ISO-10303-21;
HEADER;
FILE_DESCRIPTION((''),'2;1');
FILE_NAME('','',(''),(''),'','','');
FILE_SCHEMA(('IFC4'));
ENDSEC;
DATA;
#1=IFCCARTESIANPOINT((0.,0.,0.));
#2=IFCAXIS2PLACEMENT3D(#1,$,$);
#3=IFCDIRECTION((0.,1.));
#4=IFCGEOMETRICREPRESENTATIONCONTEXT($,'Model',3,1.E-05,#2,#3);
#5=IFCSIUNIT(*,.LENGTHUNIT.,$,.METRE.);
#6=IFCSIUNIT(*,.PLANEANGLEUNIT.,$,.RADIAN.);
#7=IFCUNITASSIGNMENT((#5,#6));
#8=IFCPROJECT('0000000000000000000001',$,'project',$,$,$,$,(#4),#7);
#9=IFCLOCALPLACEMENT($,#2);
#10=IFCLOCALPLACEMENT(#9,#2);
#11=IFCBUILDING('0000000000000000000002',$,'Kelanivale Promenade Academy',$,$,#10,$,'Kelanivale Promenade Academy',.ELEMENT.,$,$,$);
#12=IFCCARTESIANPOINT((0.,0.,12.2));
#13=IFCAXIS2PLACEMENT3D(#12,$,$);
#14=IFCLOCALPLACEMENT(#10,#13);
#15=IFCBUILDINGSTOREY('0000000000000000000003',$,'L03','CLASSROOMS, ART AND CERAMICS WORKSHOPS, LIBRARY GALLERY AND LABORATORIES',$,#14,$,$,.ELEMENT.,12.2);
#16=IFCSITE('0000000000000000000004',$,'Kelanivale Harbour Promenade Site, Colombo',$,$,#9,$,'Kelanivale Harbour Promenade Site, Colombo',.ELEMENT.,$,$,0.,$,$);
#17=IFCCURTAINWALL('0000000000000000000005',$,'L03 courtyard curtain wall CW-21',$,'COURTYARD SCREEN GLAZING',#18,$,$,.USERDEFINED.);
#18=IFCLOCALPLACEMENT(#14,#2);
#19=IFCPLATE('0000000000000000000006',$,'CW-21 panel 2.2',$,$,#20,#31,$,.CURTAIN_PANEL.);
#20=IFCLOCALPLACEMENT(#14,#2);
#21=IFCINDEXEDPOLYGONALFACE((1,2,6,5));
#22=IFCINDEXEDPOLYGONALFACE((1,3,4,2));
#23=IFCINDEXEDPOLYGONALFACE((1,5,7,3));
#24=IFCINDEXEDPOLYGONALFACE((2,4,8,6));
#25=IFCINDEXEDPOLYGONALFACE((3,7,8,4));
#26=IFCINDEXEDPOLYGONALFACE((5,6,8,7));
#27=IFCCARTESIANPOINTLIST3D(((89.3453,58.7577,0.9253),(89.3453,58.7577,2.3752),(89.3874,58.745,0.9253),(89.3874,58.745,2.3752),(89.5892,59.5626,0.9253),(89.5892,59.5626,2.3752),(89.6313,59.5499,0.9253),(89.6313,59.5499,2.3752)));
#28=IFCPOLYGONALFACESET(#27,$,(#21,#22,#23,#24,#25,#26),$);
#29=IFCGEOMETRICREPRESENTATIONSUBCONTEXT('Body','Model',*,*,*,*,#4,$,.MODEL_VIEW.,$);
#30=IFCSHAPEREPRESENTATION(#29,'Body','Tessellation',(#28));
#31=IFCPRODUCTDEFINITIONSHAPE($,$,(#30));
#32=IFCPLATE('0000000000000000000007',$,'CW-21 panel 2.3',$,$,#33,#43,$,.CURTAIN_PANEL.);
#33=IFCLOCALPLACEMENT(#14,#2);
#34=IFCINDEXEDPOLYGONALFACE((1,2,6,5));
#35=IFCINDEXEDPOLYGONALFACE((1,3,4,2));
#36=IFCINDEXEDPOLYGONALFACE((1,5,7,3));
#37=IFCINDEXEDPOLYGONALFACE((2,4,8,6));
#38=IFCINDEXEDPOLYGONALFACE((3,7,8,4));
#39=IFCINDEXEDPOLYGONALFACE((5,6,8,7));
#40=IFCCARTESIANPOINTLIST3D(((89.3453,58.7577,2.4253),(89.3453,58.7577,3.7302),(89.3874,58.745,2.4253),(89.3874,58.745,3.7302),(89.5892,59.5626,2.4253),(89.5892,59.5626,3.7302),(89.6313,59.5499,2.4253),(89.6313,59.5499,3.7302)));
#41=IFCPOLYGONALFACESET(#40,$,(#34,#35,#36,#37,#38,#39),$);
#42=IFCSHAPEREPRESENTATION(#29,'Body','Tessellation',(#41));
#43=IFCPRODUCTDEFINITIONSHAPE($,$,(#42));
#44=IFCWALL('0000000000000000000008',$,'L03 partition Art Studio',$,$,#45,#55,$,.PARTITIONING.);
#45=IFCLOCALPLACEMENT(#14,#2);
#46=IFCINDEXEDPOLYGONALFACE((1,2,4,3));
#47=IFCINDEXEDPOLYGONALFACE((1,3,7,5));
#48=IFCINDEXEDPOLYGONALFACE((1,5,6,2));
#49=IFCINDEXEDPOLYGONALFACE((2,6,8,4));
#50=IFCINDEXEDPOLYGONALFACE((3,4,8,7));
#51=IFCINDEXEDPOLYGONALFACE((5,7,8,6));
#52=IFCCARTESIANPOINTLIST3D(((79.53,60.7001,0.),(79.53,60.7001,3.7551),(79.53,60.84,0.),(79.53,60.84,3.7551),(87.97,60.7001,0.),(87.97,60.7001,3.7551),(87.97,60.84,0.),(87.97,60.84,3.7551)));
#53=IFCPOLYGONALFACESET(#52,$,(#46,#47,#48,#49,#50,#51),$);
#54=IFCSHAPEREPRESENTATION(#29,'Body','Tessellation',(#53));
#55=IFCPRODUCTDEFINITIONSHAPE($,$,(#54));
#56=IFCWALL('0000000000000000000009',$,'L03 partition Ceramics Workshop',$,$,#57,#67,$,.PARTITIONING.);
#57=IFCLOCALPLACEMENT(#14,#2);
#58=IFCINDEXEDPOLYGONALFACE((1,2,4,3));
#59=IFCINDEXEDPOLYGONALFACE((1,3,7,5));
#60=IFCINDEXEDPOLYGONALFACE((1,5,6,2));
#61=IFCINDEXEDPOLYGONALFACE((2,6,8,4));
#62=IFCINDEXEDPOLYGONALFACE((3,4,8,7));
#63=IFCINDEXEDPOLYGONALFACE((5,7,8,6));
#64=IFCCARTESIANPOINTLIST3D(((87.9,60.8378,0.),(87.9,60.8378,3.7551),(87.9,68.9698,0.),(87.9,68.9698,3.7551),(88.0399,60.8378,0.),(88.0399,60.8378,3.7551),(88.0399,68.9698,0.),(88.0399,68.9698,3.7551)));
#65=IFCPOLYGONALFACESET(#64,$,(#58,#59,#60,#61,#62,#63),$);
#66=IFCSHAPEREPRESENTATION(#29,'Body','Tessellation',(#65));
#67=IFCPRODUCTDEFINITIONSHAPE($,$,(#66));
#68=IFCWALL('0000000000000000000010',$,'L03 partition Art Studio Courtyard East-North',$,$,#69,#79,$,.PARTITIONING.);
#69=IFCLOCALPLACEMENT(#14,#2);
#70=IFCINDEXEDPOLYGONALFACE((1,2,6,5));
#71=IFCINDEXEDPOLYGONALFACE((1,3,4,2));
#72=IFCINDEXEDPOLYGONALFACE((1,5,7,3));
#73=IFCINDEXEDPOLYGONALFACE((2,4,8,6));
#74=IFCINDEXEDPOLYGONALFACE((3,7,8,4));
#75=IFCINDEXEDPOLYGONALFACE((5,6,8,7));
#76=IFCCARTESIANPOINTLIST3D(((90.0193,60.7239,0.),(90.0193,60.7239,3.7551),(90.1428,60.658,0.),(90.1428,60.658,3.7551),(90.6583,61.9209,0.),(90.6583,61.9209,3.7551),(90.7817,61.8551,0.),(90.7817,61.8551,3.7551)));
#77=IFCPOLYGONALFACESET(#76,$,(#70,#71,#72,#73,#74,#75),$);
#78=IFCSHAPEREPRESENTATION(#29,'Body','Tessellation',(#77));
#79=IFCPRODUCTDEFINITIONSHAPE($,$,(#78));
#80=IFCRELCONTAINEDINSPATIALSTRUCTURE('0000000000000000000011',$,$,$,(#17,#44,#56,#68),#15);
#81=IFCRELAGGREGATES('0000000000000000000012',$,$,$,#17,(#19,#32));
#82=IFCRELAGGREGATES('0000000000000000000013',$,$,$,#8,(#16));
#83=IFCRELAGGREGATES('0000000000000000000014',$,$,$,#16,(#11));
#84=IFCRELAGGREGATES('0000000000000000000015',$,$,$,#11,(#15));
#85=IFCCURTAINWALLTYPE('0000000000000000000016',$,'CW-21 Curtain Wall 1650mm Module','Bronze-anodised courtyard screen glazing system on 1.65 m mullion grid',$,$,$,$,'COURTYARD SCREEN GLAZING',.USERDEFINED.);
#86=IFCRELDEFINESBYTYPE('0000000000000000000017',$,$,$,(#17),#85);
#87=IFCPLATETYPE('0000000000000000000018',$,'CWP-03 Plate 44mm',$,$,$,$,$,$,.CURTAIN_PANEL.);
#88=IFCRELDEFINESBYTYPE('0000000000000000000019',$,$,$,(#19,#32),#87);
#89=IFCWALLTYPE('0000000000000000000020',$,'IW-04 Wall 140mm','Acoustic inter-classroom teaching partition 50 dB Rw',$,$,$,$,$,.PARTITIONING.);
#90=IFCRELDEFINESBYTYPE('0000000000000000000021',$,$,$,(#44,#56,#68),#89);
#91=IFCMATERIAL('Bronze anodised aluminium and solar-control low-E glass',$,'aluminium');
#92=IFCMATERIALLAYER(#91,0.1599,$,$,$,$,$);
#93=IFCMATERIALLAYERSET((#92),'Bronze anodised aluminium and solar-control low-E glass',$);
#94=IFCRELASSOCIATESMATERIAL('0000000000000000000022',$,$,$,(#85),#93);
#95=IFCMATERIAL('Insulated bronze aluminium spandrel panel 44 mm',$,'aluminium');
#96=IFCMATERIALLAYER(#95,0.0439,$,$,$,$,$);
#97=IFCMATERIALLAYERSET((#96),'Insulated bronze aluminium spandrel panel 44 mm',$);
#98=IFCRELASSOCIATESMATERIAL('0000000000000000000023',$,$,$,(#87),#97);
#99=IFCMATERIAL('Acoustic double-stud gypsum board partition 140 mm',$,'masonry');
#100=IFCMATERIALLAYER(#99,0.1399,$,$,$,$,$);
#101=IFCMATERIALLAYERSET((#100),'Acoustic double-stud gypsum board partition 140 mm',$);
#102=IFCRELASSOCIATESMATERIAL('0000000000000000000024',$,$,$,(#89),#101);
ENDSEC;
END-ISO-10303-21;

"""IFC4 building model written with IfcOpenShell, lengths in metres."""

from ifc_helpers import new_model, si_unit, direction, frame, frame_2d, origin, origin_2d, place, context, subcontext, project, spatial, rectangle, extrude, material, layer, layer_set, type_object, element, aggregate, save


model = new_model("IFC4")

# Units and contexts
model_context = context("Model", 3, precision=1e-05, world=origin(), true_north=direction((0.0, 1.0)))
body_context = subcontext(model_context, "Body", "Model", "MODEL_VIEW")
ifc_project = project(units=[si_unit("LENGTHUNIT", "METRE"), si_unit("PLANEANGLEUNIT", "RADIAN")], contexts=[model_context])

# Site, building, storey
site_placement = place(None, origin())
site = spatial("IfcSite", under=ifc_project, at=site_placement, Name="Kelanivale Harbour Promenade Site, Colombo", LongName="Kelanivale Harbour Promenade Site, Colombo", CompositionType="ELEMENT", RefElevation=0.0)
building_placement = place(site_placement, origin())
building = spatial("IfcBuilding", under=site, at=building_placement, Name="Kelanivale Promenade Academy", LongName="Kelanivale Promenade Academy", CompositionType="ELEMENT")
storey_placement = place(building_placement, frame((0.0, 0.0, 12.2)))
storey = spatial("IfcBuildingStorey", under=building, at=storey_placement, Name="L03", Description="CLASSROOMS, ART AND CERAMICS WORKSHOPS, LIBRARY GALLERY AND LABORATORIES", CompositionType="ELEMENT", Elevation=12.2)

# Curtain wall
ifc_material_1 = material(Name="Bronze anodised aluminium and solar-control low-E glass", Category="aluminium")
ifc_layer_1 = layer(ifc_material_1, 0.1599)
ifc_layer_set_1 = layer_set([ifc_layer_1], Name="Bronze anodised aluminium and solar-control low-E glass")
curtain_wall_type_1 = type_object("IfcCurtainWallType", Name="CW-21 Curtain Wall 1650mm Module", Description="Bronze-anodised courtyard screen glazing system on 1.65 m mullion grid", ElementType="COURTYARD SCREEN GLAZING", PredefinedType="USERDEFINED", material=ifc_layer_set_1)
curtain_wall_1_placement = place(storey_placement, origin())
curtain_wall_1 = element("IfcCurtainWall", 1, at=curtain_wall_1_placement, inside=storey, type_object=curtain_wall_type_1, Name="L03 courtyard curtain wall CW-21", ObjectType="COURTYARD SCREEN GLAZING", PredefinedType="USERDEFINED")

# Plates
ifc_material_2 = material(Name="Insulated bronze aluminium spandrel panel 44 mm", Category="aluminium")
ifc_layer_2 = layer(ifc_material_2, 0.0439)
ifc_layer_set_2 = layer_set([ifc_layer_2], Name="Insulated bronze aluminium spandrel panel 44 mm")
plate_type_1 = type_object("IfcPlateType", Name="CWP-03 Plate 44mm", PredefinedType="CURTAIN_PANEL", material=ifc_layer_set_2)
plate_1_placement = place(storey_placement, frame((89.4883, 59.1538, 0.9253), z_axis=(0.0, 0.0, 1.0), x_axis=(-0.290007, -0.957024, 0.0)))
plate_1 = element("IfcPlate", 2, at=plate_1_placement, type_object=plate_type_1, Name="CW-21 panel 2.2", PredefinedType="CURTAIN_PANEL", context=body_context, shape_type="SweptSolid", body=[
    extrude(rectangle(XDim=0.8411, YDim=0.0439, at=origin_2d()), origin(), (0.0, 0.0, 1.0), 1.45),
])
plate_2_placement = place(storey_placement, frame((89.4883, 59.1538, 2.4253), z_axis=(0.0, 0.0, 1.0), x_axis=(-0.290007, -0.957024, 0.0)))
plate_2 = element("IfcPlate", 3, at=plate_2_placement, type_object=plate_type_1, Name="CW-21 panel 2.3", PredefinedType="CURTAIN_PANEL", context=body_context, shape_type="SweptSolid", body=[
    extrude(rectangle(XDim=0.8411, YDim=0.0439, at=origin_2d()), origin(), (0.0, 0.0, 1.0), 1.3049),
])
aggregate(curtain_wall_1, [plate_1, plate_2])

# Walls
ifc_material_3 = material(Name="Acoustic double-stud gypsum board partition 140 mm", Category="masonry")
ifc_layer_3 = layer(ifc_material_3, 0.1399)
ifc_layer_set_3 = layer_set([ifc_layer_3], Name="Acoustic double-stud gypsum board partition 140 mm")
wall_type = type_object("IfcWallType", Name="IW-04 Wall 140mm", Description="Acoustic inter-classroom teaching partition 50 dB Rw", PredefinedType="PARTITIONING", material=ifc_layer_set_3)
wall_1_placement = place(storey_placement, frame((87.97, 60.77, 0.0), z_axis=(0.0, 0.0, 1.0), x_axis=(-1.0, 0.0, 0.0)))
element("IfcWall", 4, at=wall_1_placement, inside=storey, type_object=wall_type, Name="L03 partition Art Studio", PredefinedType="PARTITIONING", context=body_context, shape_type="SweptSolid", body=[
    extrude(rectangle(XDim=8.4399, YDim=0.1399, at=frame_2d((4.22, 0.0))), origin(), (0.0, 0.0, 1.0), 3.7551),
])
wall_2_placement = place(storey_placement, frame((87.97, 60.8379, 0.0), z_axis=(0.0, 0.0, 1.0), x_axis=(0.0, 1.0, 0.0)))
element("IfcWall", 5, at=wall_2_placement, inside=storey, type_object=wall_type, Name="L03 partition Ceramics Workshop", PredefinedType="PARTITIONING", context=body_context, shape_type="SweptSolid", body=[
    extrude(rectangle(XDim=8.1321, YDim=0.1399, at=frame_2d((4.0659, 0.0))), origin(), (0.0, 0.0, 1.0), 3.7551),
])
wall_3_placement = place(storey_placement, frame((90.0811, 60.6909, 0.0), z_axis=(0.0, 0.0, 1.0), x_axis=(0.470878, 0.882198, 0.0)))
element("IfcWall", 6, at=wall_3_placement, inside=storey, type_object=wall_type, Name="L03 partition Art Studio Courtyard East-North", PredefinedType="PARTITIONING", context=body_context, shape_type="SweptSolid", body=[
    extrude(rectangle(XDim=1.3569, YDim=0.1399, at=frame_2d((0.6785, 0.0))), origin(), (0.0, 0.0, 1.0), 3.7551),
])

save(model, "model.ifc")
